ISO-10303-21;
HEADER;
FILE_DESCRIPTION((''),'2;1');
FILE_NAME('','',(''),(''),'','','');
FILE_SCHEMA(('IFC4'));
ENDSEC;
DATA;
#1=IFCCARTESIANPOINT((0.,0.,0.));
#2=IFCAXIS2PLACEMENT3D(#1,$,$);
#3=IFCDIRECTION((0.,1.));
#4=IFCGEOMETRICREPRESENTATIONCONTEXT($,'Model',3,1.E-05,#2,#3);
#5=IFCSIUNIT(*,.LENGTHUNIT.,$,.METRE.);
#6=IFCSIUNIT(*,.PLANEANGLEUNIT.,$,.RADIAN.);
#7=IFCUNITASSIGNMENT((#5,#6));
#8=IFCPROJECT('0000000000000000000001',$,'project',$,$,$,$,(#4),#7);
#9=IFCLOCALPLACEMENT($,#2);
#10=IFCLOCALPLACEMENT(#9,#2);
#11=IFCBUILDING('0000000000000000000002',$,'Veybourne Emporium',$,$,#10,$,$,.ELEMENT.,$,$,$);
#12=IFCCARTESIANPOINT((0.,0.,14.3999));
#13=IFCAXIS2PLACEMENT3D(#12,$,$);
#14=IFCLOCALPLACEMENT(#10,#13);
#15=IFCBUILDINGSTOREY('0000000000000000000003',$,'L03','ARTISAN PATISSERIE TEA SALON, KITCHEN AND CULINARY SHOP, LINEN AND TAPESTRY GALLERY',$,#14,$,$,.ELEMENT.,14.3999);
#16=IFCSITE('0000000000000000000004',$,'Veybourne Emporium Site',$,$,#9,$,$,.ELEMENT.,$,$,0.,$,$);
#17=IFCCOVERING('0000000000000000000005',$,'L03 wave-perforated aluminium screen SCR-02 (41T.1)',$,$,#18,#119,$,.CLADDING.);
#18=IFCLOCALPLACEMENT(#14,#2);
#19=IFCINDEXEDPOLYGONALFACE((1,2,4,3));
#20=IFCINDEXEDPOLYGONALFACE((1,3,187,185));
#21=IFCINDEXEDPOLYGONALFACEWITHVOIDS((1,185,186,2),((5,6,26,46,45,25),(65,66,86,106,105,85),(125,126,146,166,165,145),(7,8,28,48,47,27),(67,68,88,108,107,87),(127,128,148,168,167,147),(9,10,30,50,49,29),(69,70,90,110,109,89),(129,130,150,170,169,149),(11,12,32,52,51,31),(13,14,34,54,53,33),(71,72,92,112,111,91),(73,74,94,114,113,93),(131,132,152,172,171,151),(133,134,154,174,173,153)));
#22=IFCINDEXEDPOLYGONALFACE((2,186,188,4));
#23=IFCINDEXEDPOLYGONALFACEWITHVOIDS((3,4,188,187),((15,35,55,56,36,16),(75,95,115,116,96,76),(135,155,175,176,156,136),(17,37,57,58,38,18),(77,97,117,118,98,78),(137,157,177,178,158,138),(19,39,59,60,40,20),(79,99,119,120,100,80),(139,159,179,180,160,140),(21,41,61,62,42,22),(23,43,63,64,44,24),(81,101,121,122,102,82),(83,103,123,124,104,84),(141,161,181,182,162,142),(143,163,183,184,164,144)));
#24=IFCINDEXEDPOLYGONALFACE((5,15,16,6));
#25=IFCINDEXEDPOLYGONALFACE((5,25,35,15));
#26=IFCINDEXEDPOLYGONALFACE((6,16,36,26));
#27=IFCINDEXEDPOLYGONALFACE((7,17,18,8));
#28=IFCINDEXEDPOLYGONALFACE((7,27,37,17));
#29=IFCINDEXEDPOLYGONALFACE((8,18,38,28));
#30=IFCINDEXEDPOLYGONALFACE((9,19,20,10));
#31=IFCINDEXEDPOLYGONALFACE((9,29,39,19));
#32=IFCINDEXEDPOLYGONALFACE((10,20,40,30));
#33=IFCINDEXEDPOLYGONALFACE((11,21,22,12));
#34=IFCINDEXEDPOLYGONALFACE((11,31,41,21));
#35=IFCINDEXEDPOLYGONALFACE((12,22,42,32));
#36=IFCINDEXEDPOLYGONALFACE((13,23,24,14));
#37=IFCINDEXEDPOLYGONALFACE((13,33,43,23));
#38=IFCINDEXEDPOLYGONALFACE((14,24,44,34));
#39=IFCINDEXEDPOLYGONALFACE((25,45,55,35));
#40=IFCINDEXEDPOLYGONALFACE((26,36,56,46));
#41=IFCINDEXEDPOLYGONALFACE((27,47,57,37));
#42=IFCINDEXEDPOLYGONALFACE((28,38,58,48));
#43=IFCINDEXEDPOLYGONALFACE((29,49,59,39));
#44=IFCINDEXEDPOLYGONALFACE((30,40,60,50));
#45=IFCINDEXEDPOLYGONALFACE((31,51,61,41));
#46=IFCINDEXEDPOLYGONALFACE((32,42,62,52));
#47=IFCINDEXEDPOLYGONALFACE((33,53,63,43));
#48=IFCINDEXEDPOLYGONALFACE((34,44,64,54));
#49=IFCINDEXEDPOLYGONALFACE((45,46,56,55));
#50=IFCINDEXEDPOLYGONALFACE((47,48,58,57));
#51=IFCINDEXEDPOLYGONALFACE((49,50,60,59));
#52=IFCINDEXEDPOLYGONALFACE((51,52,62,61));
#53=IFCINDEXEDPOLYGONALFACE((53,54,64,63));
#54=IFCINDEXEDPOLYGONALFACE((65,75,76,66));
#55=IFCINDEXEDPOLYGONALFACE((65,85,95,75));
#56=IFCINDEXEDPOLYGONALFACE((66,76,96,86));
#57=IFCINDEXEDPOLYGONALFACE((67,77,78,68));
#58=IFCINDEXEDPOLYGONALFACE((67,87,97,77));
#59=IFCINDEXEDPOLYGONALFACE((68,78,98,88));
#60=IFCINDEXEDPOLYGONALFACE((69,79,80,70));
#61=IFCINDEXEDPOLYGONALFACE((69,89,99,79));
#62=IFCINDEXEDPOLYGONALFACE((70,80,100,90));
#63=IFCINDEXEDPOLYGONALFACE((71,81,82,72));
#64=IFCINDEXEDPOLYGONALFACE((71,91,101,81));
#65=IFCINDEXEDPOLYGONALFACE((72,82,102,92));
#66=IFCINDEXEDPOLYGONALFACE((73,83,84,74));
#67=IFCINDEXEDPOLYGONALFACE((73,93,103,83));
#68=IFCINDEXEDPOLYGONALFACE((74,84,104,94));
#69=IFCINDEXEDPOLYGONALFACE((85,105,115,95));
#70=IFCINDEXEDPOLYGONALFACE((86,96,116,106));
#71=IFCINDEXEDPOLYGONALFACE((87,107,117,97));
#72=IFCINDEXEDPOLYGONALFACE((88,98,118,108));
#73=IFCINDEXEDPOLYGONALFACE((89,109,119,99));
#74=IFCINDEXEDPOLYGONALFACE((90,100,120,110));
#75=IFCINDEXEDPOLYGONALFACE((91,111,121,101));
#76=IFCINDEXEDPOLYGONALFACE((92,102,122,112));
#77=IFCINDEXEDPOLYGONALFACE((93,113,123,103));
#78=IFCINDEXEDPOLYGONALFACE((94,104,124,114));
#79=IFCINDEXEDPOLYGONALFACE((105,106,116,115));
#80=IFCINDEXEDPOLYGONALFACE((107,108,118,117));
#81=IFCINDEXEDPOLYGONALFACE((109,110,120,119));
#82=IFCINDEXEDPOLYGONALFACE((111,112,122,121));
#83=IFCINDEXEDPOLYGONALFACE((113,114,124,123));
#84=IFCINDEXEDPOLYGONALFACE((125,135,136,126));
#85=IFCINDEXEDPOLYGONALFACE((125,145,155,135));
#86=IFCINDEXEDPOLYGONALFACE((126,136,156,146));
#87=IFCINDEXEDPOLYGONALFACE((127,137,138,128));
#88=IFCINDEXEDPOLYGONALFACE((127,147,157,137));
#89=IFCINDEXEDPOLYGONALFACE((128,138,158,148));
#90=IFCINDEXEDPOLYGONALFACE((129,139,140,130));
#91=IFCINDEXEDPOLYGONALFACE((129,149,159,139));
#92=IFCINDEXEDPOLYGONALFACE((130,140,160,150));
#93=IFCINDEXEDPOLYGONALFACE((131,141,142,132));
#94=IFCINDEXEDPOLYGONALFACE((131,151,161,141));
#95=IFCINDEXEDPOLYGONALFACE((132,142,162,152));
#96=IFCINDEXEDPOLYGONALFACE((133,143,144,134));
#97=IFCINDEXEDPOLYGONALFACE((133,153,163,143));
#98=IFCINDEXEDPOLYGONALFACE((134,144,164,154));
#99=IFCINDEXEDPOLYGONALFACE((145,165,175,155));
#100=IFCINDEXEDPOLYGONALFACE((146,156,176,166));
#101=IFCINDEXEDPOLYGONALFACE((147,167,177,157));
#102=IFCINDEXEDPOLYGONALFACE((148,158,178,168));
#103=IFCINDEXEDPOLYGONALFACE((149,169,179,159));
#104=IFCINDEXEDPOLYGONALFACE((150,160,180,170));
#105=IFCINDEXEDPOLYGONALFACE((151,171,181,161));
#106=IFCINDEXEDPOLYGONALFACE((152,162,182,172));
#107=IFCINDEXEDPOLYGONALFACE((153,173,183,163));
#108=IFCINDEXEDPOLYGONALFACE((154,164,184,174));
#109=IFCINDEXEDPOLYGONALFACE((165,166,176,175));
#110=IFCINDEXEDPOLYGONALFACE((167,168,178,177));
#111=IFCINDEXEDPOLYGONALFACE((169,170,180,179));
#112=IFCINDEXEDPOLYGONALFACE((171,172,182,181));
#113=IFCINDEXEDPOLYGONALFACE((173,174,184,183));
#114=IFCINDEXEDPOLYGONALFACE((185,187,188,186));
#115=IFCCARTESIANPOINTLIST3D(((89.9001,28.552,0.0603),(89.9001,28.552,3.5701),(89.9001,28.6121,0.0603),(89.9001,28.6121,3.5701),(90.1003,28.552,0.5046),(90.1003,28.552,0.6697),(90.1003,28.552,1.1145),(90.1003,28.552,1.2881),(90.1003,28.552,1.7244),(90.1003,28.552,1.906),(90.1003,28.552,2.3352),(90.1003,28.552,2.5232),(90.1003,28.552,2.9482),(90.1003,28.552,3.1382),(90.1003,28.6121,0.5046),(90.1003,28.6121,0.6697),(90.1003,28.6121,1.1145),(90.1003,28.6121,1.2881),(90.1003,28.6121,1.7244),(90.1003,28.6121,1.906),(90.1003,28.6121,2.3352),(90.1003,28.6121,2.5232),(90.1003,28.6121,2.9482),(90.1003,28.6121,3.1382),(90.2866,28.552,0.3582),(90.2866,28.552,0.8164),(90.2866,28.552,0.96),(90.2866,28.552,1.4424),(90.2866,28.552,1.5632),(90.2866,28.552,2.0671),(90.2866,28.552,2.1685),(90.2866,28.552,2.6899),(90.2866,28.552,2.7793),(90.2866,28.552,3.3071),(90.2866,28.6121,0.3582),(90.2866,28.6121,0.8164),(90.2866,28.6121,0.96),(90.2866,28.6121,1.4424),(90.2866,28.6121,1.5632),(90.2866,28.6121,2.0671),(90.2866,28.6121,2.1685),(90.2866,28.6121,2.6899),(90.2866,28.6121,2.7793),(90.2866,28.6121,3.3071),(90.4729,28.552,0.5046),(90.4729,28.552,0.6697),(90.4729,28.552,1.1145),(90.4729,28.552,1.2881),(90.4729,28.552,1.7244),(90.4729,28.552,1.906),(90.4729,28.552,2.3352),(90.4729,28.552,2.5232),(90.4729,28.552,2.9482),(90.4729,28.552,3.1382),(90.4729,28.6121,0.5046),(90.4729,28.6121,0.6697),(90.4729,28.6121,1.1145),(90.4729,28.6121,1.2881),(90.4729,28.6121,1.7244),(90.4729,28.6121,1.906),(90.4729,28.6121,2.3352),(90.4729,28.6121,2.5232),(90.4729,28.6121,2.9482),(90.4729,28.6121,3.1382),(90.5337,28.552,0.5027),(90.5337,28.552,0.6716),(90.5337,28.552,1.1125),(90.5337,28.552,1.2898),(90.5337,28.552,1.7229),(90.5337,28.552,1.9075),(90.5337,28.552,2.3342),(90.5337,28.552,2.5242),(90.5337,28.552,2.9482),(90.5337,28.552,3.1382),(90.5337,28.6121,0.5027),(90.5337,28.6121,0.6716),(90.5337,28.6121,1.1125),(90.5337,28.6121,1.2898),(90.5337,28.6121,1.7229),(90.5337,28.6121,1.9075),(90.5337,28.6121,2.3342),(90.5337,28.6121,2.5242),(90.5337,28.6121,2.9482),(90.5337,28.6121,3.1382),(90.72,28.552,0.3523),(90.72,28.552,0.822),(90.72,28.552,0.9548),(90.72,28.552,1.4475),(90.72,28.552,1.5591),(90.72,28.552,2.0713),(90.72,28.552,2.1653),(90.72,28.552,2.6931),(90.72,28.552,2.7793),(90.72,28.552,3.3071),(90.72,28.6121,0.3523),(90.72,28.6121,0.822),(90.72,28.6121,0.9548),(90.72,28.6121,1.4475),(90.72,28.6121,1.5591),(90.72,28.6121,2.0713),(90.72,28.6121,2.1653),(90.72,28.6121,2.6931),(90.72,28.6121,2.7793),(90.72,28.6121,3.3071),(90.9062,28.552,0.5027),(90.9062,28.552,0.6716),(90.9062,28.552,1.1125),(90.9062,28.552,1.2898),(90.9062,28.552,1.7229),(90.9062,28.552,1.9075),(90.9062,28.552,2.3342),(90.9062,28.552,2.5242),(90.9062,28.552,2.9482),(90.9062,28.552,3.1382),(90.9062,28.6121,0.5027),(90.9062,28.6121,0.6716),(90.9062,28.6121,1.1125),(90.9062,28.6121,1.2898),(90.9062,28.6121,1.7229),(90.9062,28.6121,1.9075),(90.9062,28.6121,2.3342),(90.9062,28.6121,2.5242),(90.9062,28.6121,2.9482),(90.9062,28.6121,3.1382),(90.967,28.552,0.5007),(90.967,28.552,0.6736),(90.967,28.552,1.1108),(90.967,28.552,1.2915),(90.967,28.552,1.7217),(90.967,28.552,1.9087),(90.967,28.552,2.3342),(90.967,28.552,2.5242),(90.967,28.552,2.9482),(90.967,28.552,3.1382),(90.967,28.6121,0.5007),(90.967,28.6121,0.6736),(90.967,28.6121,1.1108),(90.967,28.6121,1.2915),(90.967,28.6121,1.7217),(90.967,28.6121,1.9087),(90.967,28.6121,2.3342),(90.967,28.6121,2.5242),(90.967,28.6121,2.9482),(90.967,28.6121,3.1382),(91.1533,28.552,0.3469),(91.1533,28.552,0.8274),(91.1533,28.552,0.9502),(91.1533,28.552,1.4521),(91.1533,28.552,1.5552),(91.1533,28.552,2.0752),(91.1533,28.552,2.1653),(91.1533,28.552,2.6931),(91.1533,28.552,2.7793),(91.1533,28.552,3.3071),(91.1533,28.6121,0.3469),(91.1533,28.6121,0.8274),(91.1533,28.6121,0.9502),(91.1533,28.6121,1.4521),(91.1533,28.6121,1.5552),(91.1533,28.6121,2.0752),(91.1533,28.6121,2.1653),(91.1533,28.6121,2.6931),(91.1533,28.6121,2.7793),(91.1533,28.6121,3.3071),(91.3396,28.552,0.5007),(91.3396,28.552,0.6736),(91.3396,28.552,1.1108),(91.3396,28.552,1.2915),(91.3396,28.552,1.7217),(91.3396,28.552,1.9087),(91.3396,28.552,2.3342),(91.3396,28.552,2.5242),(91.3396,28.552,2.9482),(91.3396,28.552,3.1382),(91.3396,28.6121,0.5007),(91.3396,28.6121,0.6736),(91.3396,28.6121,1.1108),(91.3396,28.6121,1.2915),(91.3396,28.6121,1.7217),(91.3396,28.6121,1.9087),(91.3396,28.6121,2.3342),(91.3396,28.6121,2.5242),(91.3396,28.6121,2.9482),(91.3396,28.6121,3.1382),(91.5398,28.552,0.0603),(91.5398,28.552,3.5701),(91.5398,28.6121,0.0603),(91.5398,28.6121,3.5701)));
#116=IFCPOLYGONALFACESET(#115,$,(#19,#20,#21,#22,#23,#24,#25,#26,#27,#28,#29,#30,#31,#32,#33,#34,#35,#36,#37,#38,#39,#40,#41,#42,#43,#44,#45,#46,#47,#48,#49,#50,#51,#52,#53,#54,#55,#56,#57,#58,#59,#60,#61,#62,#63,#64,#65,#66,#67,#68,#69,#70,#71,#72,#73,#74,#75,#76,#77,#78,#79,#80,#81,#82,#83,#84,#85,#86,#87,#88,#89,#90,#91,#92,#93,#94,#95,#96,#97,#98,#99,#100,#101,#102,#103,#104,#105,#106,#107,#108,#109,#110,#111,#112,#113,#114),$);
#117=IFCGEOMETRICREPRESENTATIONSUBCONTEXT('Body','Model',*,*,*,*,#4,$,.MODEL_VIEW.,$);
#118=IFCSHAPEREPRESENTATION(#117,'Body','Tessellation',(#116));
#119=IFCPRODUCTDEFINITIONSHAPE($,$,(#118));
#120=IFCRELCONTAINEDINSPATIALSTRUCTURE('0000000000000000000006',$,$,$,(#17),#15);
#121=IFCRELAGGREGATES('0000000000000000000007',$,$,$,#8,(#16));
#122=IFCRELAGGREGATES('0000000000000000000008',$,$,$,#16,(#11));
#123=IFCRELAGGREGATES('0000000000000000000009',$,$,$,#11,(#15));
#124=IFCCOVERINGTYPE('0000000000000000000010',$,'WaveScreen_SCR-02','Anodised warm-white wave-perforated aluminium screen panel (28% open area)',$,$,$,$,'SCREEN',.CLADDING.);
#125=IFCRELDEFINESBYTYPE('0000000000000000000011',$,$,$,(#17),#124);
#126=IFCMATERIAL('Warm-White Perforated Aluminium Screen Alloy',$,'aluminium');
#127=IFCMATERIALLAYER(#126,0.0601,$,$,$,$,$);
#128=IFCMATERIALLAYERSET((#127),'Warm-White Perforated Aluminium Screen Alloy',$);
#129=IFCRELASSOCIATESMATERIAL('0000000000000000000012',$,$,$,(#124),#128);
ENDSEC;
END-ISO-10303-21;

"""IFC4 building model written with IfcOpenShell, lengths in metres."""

from ifc_helpers import new_model, si_unit, direction, frame, origin, place, context, subcontext, project, spatial, polyline, outline, extrude, material, layer, layer_set, type_object, element, save


model = new_model("IFC4")

# Units and contexts
model_context = context("Model", 3, precision=1e-05, world=origin(), true_north=direction((0.0, 1.0)))
body_context = subcontext(model_context, "Body", "Model", "MODEL_VIEW")
ifc_project = project(units=[si_unit("LENGTHUNIT", "METRE"), si_unit("PLANEANGLEUNIT", "RADIAN")], contexts=[model_context])

# Site, building, storey
site_placement = place(None, origin())
site = spatial("IfcSite", under=ifc_project, at=site_placement, Name="Veybourne Emporium Site", CompositionType="ELEMENT", RefElevation=0.0)
building_placement = place(site_placement, origin())
building = spatial("IfcBuilding", under=site, at=building_placement, Name="Veybourne Emporium", CompositionType="ELEMENT")
storey_placement = place(building_placement, frame((0.0, 0.0, 14.3999)))
storey = spatial("IfcBuildingStorey", under=building, at=storey_placement, Name="L03", Description="ARTISAN PATISSERIE TEA SALON, KITCHEN AND CULINARY SHOP, LINEN AND TAPESTRY GALLERY", CompositionType="ELEMENT", Elevation=14.3999)

# Covering
ifc_material_1 = material(Name="Warm-White Perforated Aluminium Screen Alloy", Category="aluminium")
ifc_layer_1 = layer(ifc_material_1, 0.0601)
ifc_layer_set_1 = layer_set([ifc_layer_1], Name="Warm-White Perforated Aluminium Screen Alloy")
covering_type_1 = type_object("IfcCoveringType", Name="WaveScreen_SCR-02", Description="Anodised warm-white wave-perforated aluminium screen panel (28% open area)", ElementType="SCREEN", PredefinedType="CLADDING", material=ifc_layer_set_1)
covering_1_placement = place(storey_placement, frame((90.72, 28.552, 1.8152), z_axis=(0.0, 1.0, 0.0), x_axis=(-1.0, 0.0, 0.0)))
element("IfcCovering", 1, at=covering_1_placement, inside=storey, type_object=covering_type_1, Name="L03 wave-perforated aluminium screen SCR-02 (41T.1)", PredefinedType="CLADDING", context=body_context, shape_type="SweptSolid", body=[
    extrude(outline(polyline([(-0.8198, -1.7549), (0.8198, -1.7549), (0.8198, 1.7549), (-0.8198, 1.7549), (-0.8198, -1.7549)]), holes=[polyline([(-0.4333, -0.9878), (-0.2471, -1.1416), (-0.2471, -1.3145), (-0.4333, -1.4683), (-0.6196, -1.3145), (-0.6196, -1.1416), (-0.4333, -0.9878)]), polyline([(-0.4333, -0.363), (-0.2471, -0.5237), (-0.2471, -0.7043), (-0.4333, -0.865), (-0.6196, -0.7043), (-0.6196, -0.5237), (-0.4333, -0.363)]), polyline([(-0.4333, 0.26), (-0.2471, 0.0935), (-0.2471, -0.0935), (-0.4333, -0.26), (-0.6196, -0.0935), (-0.6196, 0.0935), (-0.4333, 0.26)]), polyline([(-0.4333, 0.8779), (-0.2471, 0.709), (-0.2471, 0.519), (-0.4333, 0.3501), (-0.6196, 0.519), (-0.6196, 0.709), (-0.4333, 0.8779)]), polyline([(-0.4333, 1.4919), (-0.2471, 1.323), (-0.2471, 1.1331), (-0.4333, 0.9641), (-0.6196, 1.1331), (-0.6196, 1.323), (-0.4333, 1.4919)]), polyline([(0.0, -0.9932), (0.1863, -1.1436), (0.1863, -1.3125), (0.0, -1.4629), (-0.1863, -1.3125), (-0.1863, -1.1436), (0.0, -0.9932)]), polyline([(0.0, -0.3677), (0.1863, -0.5254), (0.1863, -0.7026), (0.0, -0.8604), (-0.1863, -0.7026), (-0.1863, -0.5254), (0.0, -0.3677)]), polyline([(0.0, 0.2561), (0.1863, 0.0923), (0.1863, -0.0923), (0.0, -0.2561), (-0.1863, -0.0923), (-0.1863, 0.0923), (0.0, 0.2561)]), polyline([(0.0, 0.8779), (0.1863, 0.709), (0.1863, 0.519), (0.0, 0.3501), (-0.1863, 0.519), (-0.1863, 0.709), (0.0, 0.8779)]), polyline([(0.0, 1.4919), (0.1863, 1.323), (0.1863, 1.1331), (0.0, 0.9641), (-0.1863, 1.1331), (-0.1863, 1.323), (0.0, 1.4919)]), polyline([(0.4333, -0.9988), (0.6196, -1.1455), (0.6196, -1.3105), (0.4333, -1.457), (0.2471, -1.3105), (0.2471, -1.1455), (0.4333, -0.9988)]), polyline([(0.4333, -0.3728), (0.6196, -0.5271), (0.6196, -0.7007), (0.4333, -0.8552), (0.2471, -0.7007), (0.2471, -0.5271), (0.4333, -0.3728)]), polyline([(0.4333, 0.252), (0.6196, 0.0908), (0.6196, -0.0908), (0.4333, -0.252), (0.2471, -0.0908), (0.2471, 0.0908), (0.4333, 0.252)]), polyline([(0.4333, 0.8748), (0.6196, 0.708), (0.6196, 0.52), (0.4333, 0.3533), (0.2471, 0.52), (0.2471, 0.708), (0.4333, 0.8748)]), polyline([(0.4333, 1.4919), (0.6196, 1.323), (0.6196, 1.1331), (0.4333, 0.9641), (0.2471, 1.1331), (0.2471, 1.323), (0.4333, 1.4919)])]), origin(), (0.0, 0.0, 1.0), 0.0601),
])

save(model, "model.ifc")
